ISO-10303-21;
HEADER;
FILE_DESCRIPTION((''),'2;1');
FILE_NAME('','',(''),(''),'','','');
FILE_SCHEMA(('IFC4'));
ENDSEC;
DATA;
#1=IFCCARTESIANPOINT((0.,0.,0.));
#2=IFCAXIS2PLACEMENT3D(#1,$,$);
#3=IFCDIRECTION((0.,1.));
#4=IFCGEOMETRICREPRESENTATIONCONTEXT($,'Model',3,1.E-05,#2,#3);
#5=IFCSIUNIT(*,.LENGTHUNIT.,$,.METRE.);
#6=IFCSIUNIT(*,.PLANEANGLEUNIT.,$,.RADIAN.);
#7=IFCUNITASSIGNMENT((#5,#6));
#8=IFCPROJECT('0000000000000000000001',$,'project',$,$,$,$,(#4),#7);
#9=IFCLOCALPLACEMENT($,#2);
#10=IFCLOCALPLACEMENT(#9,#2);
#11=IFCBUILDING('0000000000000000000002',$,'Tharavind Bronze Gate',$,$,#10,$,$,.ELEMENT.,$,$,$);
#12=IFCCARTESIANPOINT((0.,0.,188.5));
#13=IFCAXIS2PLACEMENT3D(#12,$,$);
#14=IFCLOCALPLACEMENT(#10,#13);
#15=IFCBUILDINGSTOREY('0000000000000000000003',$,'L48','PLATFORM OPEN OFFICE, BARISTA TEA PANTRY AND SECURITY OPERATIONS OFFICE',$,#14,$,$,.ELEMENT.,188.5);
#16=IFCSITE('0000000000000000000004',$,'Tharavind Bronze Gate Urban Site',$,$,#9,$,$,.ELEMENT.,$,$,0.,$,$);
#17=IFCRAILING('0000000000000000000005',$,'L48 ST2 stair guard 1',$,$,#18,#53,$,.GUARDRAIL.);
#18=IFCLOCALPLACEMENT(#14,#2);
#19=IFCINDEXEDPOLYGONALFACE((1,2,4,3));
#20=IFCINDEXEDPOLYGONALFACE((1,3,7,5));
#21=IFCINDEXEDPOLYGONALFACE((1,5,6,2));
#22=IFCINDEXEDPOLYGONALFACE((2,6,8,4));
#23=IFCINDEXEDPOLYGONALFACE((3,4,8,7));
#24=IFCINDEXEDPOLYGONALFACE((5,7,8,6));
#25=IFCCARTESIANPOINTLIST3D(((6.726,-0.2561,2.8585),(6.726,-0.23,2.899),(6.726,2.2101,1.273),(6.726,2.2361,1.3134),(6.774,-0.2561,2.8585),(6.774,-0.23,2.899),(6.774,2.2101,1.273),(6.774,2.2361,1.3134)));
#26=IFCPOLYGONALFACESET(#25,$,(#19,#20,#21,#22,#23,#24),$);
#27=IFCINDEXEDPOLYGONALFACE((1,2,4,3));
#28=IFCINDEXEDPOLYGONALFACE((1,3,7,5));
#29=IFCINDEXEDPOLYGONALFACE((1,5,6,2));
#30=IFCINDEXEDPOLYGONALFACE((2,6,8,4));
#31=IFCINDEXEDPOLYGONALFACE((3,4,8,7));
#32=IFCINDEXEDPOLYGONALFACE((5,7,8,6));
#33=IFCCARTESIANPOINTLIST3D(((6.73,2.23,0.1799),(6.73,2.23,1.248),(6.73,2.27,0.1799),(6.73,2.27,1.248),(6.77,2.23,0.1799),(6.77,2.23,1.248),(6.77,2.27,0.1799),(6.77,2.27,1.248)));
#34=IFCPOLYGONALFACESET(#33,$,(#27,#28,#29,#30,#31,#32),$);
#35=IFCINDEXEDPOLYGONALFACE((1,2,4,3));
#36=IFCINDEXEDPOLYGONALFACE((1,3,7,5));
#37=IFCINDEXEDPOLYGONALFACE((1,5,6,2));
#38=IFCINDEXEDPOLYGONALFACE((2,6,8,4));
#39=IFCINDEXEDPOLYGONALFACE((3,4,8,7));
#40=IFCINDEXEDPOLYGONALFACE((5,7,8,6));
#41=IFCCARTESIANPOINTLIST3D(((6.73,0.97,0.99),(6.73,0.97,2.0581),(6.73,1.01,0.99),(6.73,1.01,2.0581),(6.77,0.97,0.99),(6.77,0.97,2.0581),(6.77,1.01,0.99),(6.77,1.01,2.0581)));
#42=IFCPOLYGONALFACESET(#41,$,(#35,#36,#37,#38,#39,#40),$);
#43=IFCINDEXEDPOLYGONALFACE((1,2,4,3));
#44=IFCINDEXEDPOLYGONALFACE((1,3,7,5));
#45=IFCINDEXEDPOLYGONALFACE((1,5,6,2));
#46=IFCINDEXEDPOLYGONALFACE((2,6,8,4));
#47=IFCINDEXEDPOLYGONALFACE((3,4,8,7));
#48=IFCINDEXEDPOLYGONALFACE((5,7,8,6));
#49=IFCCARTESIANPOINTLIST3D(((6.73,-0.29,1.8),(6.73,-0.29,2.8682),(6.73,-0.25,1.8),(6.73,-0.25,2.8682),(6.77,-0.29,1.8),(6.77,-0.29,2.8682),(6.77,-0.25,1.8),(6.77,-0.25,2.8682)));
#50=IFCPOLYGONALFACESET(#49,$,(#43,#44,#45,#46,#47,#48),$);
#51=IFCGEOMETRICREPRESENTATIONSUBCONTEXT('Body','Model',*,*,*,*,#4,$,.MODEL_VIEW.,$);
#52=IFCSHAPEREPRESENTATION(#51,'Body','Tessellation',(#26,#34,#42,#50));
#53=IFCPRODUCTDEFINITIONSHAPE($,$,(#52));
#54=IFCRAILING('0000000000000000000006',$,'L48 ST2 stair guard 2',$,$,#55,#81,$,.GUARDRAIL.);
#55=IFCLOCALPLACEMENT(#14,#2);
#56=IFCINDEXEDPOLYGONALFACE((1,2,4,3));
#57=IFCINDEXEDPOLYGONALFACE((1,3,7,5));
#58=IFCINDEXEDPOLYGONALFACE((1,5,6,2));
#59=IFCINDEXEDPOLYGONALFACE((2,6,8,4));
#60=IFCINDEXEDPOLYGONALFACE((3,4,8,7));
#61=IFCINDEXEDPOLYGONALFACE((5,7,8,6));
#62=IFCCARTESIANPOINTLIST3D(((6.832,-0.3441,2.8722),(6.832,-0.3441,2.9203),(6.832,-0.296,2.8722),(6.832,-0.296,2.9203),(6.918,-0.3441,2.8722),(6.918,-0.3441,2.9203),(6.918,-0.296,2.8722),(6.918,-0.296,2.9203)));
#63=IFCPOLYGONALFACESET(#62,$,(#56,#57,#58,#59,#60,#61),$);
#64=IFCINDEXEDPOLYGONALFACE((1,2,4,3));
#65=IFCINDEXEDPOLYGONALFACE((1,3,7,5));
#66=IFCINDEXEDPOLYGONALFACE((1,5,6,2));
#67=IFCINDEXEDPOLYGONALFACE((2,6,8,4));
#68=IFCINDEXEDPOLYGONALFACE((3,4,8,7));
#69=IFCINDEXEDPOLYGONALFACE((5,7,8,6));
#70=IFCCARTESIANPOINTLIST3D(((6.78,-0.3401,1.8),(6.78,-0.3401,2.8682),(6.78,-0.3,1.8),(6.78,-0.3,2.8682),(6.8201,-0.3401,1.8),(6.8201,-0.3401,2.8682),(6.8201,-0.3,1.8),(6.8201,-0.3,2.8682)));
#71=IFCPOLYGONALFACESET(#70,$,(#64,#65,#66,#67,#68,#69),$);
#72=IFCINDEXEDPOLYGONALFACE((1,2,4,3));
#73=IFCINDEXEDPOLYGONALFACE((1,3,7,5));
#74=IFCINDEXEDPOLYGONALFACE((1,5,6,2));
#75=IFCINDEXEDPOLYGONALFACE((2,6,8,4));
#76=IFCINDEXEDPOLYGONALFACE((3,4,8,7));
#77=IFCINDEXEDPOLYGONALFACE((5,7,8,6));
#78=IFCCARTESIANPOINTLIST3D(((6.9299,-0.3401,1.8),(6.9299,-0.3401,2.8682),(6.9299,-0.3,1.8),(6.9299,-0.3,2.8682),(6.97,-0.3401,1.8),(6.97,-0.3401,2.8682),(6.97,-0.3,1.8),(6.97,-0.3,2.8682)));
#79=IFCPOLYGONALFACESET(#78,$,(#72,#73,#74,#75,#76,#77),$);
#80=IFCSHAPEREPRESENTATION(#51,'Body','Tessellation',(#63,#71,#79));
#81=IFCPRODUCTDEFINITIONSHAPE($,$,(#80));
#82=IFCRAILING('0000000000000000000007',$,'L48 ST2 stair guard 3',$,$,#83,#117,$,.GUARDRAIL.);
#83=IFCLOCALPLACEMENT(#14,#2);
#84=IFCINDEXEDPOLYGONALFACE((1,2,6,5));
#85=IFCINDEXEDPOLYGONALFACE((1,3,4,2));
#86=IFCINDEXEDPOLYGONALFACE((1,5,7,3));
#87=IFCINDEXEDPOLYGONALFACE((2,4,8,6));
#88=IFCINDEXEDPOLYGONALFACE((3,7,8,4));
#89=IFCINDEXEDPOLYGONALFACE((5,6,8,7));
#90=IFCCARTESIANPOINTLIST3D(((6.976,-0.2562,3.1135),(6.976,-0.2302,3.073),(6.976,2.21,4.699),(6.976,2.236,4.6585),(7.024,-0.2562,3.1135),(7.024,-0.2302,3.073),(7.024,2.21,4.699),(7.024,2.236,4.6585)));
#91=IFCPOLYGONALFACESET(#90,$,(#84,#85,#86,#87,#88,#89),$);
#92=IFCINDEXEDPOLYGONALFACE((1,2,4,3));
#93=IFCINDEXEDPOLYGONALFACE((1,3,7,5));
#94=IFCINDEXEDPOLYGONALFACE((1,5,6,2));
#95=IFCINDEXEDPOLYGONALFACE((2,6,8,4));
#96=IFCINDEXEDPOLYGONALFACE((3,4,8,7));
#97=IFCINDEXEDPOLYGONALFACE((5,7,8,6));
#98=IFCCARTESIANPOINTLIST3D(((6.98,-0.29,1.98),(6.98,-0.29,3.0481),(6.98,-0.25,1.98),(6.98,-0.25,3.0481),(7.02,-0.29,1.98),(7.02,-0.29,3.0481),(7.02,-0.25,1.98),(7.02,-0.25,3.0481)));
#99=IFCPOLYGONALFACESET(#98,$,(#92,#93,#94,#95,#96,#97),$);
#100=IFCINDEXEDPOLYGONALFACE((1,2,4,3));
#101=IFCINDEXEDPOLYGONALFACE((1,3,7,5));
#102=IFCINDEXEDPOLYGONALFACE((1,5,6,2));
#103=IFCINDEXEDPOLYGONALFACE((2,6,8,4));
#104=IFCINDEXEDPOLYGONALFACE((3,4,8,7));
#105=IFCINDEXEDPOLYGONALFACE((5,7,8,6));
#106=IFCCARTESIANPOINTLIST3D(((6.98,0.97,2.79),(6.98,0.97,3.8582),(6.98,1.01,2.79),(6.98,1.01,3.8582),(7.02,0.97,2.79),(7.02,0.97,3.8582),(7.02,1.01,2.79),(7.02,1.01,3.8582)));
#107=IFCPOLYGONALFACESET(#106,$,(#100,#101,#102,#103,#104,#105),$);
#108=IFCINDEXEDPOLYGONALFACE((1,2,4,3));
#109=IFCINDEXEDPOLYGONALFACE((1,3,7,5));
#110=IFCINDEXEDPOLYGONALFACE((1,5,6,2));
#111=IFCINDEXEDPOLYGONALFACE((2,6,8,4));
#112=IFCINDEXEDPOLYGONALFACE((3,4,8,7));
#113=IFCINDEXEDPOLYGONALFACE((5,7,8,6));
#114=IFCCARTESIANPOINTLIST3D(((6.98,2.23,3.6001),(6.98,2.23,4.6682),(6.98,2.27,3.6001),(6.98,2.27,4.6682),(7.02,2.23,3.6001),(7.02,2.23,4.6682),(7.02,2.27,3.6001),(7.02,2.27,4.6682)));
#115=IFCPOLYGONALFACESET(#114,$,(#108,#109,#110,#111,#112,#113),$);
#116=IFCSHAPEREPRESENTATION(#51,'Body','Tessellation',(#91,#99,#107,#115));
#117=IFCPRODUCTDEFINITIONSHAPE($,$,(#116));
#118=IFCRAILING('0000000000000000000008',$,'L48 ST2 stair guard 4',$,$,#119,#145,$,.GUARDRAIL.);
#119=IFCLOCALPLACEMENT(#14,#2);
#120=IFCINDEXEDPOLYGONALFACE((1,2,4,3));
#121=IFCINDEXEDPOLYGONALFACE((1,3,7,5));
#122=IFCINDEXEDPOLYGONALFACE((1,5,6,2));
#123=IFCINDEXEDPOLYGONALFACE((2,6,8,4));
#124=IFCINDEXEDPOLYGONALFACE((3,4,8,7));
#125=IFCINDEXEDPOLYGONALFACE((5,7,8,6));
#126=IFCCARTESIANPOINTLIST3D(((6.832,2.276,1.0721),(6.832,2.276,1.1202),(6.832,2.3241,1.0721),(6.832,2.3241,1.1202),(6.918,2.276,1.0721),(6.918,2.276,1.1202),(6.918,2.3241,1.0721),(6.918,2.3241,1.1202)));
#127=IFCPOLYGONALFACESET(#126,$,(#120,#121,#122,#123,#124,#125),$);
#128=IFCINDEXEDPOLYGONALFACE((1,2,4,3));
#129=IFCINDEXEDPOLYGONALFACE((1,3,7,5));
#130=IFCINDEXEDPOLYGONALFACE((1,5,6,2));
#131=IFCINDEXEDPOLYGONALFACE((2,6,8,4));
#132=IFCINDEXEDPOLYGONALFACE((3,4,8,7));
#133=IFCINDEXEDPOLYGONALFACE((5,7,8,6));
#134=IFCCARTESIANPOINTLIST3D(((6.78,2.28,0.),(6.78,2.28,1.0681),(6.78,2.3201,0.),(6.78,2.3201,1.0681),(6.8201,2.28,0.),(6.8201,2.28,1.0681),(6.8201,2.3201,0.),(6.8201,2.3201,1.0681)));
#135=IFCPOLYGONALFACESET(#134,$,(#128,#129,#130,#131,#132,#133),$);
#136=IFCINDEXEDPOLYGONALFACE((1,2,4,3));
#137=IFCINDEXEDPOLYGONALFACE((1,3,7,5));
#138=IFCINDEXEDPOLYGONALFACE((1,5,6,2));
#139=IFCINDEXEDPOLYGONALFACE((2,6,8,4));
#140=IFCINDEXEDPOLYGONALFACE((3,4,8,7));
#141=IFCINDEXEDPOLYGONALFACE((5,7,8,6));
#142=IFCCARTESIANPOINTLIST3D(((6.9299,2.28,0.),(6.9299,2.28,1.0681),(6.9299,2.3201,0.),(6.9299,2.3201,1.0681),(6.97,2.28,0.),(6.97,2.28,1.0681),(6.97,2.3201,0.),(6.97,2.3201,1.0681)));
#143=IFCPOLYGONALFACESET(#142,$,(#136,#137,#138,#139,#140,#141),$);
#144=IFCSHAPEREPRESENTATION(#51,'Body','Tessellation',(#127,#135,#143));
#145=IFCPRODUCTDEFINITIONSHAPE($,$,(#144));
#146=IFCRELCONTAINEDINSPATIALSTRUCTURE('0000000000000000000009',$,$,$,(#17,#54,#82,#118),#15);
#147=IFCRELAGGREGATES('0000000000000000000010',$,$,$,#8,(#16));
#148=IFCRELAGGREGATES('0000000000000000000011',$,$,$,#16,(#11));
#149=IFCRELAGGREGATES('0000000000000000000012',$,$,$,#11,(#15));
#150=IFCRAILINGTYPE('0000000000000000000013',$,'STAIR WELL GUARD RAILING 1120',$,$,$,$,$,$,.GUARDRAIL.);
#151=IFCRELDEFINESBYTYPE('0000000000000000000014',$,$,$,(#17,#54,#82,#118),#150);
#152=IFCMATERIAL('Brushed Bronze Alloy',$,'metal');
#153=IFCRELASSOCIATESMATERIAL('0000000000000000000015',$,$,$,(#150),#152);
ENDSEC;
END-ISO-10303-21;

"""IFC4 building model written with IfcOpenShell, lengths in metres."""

from ifc_helpers import new_model, si_unit, direction, frame, origin, origin_2d, place, context, subcontext, project, spatial, rectangle, extrude, material, type_object, element, save


model = new_model("IFC4")

# Units and contexts
model_context = context("Model", 3, precision=1e-05, world=origin(), true_north=direction((0.0, 1.0)))
body_context = subcontext(model_context, "Body", "Model", "MODEL_VIEW")
ifc_project = project(units=[si_unit("LENGTHUNIT", "METRE"), si_unit("PLANEANGLEUNIT", "RADIAN")], contexts=[model_context])

# Site, building, storey
site_placement = place(None, origin())
site = spatial("IfcSite", under=ifc_project, at=site_placement, Name="Tharavind Bronze Gate Urban Site", CompositionType="ELEMENT", RefElevation=0.0)
building_placement = place(site_placement, origin())
building = spatial("IfcBuilding", under=site, at=building_placement, Name="Tharavind Bronze Gate", CompositionType="ELEMENT")
storey_placement = place(building_placement, frame((0.0, 0.0, 188.5)))
storey = spatial("IfcBuildingStorey", under=building, at=storey_placement, Name="L48", Description="PLATFORM OPEN OFFICE, BARISTA TEA PANTRY AND SECURITY OPERATIONS OFFICE", CompositionType="ELEMENT", Elevation=188.5)

# Railings
ifc_material_1 = material(Name="Brushed Bronze Alloy", Category="metal")
railing_type_1 = type_object("IfcRailingType", Name="STAIR WELL GUARD RAILING 1120", PredefinedType="GUARDRAIL", material=ifc_material_1)
railing_1_placement = place(storey_placement, frame((6.75, 2.25, 0.1799)))
element("IfcRailing", 1, at=railing_1_placement, inside=storey, type_object=railing_type_1, Name="L48 ST2 stair guard 1", PredefinedType="GUARDRAIL", context=body_context, shape_type="SweptSolid", body=[
    extrude(rectangle(XDim=0.0481, YDim=0.0481, at=origin_2d()), frame((0.0, -0.0269, 1.1133), z_axis=(0.0, -0.841163, 0.540782), x_axis=(1.0, 0.0, 0.0)), (0.0, 0.0, 1.0), 2.9319),
    extrude(rectangle(XDim=0.04, YDim=0.04, at=origin_2d()), origin(), (0.0, 0.0, 1.0), 1.0681),
    extrude(rectangle(XDim=0.04, YDim=0.04, at=origin_2d()), frame((0.0, -1.26, 0.8101)), (0.0, 0.0, 1.0), 1.0681),
    extrude(rectangle(XDim=0.04, YDim=0.04, at=origin_2d()), frame((0.0, -2.52, 1.6201)), (0.0, 0.0, 1.0), 1.0681),
])
railing_2_placement = place(storey_placement, frame((6.8, -0.3201, 1.8)))
element("IfcRailing", 2, at=railing_2_placement, inside=storey, type_object=railing_type_1, Name="L48 ST2 stair guard 2", PredefinedType="GUARDRAIL", context=body_context, shape_type="SweptSolid", body=[
    extrude(rectangle(XDim=0.0481, YDim=0.0481, at=origin_2d()), frame((0.032, 0.0, 1.0962), z_axis=(1.0, 0.0, 0.0), x_axis=(0.0, 1.0, 0.0)), (0.0, 0.0, 1.0), 0.0859),
    extrude(rectangle(XDim=0.04, YDim=0.04, at=origin_2d()), origin(), (0.0, 0.0, 1.0), 1.0681),
    extrude(rectangle(XDim=0.04, YDim=0.04, at=origin_2d()), frame((0.1499, 0.0, 0.0)), (0.0, 0.0, 1.0), 1.0681),
])
railing_3_placement = place(storey_placement, frame((7.0, -0.27, 1.98)))
element("IfcRailing", 3, at=railing_3_placement, inside=storey, type_object=railing_type_1, Name="L48 ST2 stair guard 3", PredefinedType="GUARDRAIL", context=body_context, shape_type="SweptSolid", body=[
    extrude(rectangle(XDim=0.0481, YDim=0.0481, at=origin_2d()), frame((0.0, 0.0269, 1.1133), z_axis=(0.0, 0.841163, 0.540782), x_axis=(-1.0, 0.0, 0.0)), (0.0, 0.0, 1.0), 2.9319),
    extrude(rectangle(XDim=0.04, YDim=0.04, at=origin_2d()), origin(), (0.0, 0.0, 1.0), 1.0681),
    extrude(rectangle(XDim=0.04, YDim=0.04, at=origin_2d()), frame((0.0, 1.26, 0.8101)), (0.0, 0.0, 1.0), 1.0681),
    extrude(rectangle(XDim=0.04, YDim=0.04, at=origin_2d()), frame((0.0, 2.52, 1.6201)), (0.0, 0.0, 1.0), 1.0681),
])
railing_4_placement = place(storey_placement, frame((6.8, 2.3, 0.0)))
element("IfcRailing", 4, at=railing_4_placement, inside=storey, type_object=railing_type_1, Name="L48 ST2 stair guard 4", PredefinedType="GUARDRAIL", context=body_context, shape_type="SweptSolid", body=[
    extrude(rectangle(XDim=0.0481, YDim=0.0481, at=origin_2d()), frame((0.032, 0.0, 1.0962), z_axis=(1.0, 0.0, 0.0), x_axis=(0.0, 1.0, 0.0)), (0.0, 0.0, 1.0), 0.0859),
    extrude(rectangle(XDim=0.04, YDim=0.04, at=origin_2d()), origin(), (0.0, 0.0, 1.0), 1.0681),
    extrude(rectangle(XDim=0.04, YDim=0.04, at=origin_2d()), frame((0.1499, 0.0, 0.0)), (0.0, 0.0, 1.0), 1.0681),
])

save(model, "model.ifc")
